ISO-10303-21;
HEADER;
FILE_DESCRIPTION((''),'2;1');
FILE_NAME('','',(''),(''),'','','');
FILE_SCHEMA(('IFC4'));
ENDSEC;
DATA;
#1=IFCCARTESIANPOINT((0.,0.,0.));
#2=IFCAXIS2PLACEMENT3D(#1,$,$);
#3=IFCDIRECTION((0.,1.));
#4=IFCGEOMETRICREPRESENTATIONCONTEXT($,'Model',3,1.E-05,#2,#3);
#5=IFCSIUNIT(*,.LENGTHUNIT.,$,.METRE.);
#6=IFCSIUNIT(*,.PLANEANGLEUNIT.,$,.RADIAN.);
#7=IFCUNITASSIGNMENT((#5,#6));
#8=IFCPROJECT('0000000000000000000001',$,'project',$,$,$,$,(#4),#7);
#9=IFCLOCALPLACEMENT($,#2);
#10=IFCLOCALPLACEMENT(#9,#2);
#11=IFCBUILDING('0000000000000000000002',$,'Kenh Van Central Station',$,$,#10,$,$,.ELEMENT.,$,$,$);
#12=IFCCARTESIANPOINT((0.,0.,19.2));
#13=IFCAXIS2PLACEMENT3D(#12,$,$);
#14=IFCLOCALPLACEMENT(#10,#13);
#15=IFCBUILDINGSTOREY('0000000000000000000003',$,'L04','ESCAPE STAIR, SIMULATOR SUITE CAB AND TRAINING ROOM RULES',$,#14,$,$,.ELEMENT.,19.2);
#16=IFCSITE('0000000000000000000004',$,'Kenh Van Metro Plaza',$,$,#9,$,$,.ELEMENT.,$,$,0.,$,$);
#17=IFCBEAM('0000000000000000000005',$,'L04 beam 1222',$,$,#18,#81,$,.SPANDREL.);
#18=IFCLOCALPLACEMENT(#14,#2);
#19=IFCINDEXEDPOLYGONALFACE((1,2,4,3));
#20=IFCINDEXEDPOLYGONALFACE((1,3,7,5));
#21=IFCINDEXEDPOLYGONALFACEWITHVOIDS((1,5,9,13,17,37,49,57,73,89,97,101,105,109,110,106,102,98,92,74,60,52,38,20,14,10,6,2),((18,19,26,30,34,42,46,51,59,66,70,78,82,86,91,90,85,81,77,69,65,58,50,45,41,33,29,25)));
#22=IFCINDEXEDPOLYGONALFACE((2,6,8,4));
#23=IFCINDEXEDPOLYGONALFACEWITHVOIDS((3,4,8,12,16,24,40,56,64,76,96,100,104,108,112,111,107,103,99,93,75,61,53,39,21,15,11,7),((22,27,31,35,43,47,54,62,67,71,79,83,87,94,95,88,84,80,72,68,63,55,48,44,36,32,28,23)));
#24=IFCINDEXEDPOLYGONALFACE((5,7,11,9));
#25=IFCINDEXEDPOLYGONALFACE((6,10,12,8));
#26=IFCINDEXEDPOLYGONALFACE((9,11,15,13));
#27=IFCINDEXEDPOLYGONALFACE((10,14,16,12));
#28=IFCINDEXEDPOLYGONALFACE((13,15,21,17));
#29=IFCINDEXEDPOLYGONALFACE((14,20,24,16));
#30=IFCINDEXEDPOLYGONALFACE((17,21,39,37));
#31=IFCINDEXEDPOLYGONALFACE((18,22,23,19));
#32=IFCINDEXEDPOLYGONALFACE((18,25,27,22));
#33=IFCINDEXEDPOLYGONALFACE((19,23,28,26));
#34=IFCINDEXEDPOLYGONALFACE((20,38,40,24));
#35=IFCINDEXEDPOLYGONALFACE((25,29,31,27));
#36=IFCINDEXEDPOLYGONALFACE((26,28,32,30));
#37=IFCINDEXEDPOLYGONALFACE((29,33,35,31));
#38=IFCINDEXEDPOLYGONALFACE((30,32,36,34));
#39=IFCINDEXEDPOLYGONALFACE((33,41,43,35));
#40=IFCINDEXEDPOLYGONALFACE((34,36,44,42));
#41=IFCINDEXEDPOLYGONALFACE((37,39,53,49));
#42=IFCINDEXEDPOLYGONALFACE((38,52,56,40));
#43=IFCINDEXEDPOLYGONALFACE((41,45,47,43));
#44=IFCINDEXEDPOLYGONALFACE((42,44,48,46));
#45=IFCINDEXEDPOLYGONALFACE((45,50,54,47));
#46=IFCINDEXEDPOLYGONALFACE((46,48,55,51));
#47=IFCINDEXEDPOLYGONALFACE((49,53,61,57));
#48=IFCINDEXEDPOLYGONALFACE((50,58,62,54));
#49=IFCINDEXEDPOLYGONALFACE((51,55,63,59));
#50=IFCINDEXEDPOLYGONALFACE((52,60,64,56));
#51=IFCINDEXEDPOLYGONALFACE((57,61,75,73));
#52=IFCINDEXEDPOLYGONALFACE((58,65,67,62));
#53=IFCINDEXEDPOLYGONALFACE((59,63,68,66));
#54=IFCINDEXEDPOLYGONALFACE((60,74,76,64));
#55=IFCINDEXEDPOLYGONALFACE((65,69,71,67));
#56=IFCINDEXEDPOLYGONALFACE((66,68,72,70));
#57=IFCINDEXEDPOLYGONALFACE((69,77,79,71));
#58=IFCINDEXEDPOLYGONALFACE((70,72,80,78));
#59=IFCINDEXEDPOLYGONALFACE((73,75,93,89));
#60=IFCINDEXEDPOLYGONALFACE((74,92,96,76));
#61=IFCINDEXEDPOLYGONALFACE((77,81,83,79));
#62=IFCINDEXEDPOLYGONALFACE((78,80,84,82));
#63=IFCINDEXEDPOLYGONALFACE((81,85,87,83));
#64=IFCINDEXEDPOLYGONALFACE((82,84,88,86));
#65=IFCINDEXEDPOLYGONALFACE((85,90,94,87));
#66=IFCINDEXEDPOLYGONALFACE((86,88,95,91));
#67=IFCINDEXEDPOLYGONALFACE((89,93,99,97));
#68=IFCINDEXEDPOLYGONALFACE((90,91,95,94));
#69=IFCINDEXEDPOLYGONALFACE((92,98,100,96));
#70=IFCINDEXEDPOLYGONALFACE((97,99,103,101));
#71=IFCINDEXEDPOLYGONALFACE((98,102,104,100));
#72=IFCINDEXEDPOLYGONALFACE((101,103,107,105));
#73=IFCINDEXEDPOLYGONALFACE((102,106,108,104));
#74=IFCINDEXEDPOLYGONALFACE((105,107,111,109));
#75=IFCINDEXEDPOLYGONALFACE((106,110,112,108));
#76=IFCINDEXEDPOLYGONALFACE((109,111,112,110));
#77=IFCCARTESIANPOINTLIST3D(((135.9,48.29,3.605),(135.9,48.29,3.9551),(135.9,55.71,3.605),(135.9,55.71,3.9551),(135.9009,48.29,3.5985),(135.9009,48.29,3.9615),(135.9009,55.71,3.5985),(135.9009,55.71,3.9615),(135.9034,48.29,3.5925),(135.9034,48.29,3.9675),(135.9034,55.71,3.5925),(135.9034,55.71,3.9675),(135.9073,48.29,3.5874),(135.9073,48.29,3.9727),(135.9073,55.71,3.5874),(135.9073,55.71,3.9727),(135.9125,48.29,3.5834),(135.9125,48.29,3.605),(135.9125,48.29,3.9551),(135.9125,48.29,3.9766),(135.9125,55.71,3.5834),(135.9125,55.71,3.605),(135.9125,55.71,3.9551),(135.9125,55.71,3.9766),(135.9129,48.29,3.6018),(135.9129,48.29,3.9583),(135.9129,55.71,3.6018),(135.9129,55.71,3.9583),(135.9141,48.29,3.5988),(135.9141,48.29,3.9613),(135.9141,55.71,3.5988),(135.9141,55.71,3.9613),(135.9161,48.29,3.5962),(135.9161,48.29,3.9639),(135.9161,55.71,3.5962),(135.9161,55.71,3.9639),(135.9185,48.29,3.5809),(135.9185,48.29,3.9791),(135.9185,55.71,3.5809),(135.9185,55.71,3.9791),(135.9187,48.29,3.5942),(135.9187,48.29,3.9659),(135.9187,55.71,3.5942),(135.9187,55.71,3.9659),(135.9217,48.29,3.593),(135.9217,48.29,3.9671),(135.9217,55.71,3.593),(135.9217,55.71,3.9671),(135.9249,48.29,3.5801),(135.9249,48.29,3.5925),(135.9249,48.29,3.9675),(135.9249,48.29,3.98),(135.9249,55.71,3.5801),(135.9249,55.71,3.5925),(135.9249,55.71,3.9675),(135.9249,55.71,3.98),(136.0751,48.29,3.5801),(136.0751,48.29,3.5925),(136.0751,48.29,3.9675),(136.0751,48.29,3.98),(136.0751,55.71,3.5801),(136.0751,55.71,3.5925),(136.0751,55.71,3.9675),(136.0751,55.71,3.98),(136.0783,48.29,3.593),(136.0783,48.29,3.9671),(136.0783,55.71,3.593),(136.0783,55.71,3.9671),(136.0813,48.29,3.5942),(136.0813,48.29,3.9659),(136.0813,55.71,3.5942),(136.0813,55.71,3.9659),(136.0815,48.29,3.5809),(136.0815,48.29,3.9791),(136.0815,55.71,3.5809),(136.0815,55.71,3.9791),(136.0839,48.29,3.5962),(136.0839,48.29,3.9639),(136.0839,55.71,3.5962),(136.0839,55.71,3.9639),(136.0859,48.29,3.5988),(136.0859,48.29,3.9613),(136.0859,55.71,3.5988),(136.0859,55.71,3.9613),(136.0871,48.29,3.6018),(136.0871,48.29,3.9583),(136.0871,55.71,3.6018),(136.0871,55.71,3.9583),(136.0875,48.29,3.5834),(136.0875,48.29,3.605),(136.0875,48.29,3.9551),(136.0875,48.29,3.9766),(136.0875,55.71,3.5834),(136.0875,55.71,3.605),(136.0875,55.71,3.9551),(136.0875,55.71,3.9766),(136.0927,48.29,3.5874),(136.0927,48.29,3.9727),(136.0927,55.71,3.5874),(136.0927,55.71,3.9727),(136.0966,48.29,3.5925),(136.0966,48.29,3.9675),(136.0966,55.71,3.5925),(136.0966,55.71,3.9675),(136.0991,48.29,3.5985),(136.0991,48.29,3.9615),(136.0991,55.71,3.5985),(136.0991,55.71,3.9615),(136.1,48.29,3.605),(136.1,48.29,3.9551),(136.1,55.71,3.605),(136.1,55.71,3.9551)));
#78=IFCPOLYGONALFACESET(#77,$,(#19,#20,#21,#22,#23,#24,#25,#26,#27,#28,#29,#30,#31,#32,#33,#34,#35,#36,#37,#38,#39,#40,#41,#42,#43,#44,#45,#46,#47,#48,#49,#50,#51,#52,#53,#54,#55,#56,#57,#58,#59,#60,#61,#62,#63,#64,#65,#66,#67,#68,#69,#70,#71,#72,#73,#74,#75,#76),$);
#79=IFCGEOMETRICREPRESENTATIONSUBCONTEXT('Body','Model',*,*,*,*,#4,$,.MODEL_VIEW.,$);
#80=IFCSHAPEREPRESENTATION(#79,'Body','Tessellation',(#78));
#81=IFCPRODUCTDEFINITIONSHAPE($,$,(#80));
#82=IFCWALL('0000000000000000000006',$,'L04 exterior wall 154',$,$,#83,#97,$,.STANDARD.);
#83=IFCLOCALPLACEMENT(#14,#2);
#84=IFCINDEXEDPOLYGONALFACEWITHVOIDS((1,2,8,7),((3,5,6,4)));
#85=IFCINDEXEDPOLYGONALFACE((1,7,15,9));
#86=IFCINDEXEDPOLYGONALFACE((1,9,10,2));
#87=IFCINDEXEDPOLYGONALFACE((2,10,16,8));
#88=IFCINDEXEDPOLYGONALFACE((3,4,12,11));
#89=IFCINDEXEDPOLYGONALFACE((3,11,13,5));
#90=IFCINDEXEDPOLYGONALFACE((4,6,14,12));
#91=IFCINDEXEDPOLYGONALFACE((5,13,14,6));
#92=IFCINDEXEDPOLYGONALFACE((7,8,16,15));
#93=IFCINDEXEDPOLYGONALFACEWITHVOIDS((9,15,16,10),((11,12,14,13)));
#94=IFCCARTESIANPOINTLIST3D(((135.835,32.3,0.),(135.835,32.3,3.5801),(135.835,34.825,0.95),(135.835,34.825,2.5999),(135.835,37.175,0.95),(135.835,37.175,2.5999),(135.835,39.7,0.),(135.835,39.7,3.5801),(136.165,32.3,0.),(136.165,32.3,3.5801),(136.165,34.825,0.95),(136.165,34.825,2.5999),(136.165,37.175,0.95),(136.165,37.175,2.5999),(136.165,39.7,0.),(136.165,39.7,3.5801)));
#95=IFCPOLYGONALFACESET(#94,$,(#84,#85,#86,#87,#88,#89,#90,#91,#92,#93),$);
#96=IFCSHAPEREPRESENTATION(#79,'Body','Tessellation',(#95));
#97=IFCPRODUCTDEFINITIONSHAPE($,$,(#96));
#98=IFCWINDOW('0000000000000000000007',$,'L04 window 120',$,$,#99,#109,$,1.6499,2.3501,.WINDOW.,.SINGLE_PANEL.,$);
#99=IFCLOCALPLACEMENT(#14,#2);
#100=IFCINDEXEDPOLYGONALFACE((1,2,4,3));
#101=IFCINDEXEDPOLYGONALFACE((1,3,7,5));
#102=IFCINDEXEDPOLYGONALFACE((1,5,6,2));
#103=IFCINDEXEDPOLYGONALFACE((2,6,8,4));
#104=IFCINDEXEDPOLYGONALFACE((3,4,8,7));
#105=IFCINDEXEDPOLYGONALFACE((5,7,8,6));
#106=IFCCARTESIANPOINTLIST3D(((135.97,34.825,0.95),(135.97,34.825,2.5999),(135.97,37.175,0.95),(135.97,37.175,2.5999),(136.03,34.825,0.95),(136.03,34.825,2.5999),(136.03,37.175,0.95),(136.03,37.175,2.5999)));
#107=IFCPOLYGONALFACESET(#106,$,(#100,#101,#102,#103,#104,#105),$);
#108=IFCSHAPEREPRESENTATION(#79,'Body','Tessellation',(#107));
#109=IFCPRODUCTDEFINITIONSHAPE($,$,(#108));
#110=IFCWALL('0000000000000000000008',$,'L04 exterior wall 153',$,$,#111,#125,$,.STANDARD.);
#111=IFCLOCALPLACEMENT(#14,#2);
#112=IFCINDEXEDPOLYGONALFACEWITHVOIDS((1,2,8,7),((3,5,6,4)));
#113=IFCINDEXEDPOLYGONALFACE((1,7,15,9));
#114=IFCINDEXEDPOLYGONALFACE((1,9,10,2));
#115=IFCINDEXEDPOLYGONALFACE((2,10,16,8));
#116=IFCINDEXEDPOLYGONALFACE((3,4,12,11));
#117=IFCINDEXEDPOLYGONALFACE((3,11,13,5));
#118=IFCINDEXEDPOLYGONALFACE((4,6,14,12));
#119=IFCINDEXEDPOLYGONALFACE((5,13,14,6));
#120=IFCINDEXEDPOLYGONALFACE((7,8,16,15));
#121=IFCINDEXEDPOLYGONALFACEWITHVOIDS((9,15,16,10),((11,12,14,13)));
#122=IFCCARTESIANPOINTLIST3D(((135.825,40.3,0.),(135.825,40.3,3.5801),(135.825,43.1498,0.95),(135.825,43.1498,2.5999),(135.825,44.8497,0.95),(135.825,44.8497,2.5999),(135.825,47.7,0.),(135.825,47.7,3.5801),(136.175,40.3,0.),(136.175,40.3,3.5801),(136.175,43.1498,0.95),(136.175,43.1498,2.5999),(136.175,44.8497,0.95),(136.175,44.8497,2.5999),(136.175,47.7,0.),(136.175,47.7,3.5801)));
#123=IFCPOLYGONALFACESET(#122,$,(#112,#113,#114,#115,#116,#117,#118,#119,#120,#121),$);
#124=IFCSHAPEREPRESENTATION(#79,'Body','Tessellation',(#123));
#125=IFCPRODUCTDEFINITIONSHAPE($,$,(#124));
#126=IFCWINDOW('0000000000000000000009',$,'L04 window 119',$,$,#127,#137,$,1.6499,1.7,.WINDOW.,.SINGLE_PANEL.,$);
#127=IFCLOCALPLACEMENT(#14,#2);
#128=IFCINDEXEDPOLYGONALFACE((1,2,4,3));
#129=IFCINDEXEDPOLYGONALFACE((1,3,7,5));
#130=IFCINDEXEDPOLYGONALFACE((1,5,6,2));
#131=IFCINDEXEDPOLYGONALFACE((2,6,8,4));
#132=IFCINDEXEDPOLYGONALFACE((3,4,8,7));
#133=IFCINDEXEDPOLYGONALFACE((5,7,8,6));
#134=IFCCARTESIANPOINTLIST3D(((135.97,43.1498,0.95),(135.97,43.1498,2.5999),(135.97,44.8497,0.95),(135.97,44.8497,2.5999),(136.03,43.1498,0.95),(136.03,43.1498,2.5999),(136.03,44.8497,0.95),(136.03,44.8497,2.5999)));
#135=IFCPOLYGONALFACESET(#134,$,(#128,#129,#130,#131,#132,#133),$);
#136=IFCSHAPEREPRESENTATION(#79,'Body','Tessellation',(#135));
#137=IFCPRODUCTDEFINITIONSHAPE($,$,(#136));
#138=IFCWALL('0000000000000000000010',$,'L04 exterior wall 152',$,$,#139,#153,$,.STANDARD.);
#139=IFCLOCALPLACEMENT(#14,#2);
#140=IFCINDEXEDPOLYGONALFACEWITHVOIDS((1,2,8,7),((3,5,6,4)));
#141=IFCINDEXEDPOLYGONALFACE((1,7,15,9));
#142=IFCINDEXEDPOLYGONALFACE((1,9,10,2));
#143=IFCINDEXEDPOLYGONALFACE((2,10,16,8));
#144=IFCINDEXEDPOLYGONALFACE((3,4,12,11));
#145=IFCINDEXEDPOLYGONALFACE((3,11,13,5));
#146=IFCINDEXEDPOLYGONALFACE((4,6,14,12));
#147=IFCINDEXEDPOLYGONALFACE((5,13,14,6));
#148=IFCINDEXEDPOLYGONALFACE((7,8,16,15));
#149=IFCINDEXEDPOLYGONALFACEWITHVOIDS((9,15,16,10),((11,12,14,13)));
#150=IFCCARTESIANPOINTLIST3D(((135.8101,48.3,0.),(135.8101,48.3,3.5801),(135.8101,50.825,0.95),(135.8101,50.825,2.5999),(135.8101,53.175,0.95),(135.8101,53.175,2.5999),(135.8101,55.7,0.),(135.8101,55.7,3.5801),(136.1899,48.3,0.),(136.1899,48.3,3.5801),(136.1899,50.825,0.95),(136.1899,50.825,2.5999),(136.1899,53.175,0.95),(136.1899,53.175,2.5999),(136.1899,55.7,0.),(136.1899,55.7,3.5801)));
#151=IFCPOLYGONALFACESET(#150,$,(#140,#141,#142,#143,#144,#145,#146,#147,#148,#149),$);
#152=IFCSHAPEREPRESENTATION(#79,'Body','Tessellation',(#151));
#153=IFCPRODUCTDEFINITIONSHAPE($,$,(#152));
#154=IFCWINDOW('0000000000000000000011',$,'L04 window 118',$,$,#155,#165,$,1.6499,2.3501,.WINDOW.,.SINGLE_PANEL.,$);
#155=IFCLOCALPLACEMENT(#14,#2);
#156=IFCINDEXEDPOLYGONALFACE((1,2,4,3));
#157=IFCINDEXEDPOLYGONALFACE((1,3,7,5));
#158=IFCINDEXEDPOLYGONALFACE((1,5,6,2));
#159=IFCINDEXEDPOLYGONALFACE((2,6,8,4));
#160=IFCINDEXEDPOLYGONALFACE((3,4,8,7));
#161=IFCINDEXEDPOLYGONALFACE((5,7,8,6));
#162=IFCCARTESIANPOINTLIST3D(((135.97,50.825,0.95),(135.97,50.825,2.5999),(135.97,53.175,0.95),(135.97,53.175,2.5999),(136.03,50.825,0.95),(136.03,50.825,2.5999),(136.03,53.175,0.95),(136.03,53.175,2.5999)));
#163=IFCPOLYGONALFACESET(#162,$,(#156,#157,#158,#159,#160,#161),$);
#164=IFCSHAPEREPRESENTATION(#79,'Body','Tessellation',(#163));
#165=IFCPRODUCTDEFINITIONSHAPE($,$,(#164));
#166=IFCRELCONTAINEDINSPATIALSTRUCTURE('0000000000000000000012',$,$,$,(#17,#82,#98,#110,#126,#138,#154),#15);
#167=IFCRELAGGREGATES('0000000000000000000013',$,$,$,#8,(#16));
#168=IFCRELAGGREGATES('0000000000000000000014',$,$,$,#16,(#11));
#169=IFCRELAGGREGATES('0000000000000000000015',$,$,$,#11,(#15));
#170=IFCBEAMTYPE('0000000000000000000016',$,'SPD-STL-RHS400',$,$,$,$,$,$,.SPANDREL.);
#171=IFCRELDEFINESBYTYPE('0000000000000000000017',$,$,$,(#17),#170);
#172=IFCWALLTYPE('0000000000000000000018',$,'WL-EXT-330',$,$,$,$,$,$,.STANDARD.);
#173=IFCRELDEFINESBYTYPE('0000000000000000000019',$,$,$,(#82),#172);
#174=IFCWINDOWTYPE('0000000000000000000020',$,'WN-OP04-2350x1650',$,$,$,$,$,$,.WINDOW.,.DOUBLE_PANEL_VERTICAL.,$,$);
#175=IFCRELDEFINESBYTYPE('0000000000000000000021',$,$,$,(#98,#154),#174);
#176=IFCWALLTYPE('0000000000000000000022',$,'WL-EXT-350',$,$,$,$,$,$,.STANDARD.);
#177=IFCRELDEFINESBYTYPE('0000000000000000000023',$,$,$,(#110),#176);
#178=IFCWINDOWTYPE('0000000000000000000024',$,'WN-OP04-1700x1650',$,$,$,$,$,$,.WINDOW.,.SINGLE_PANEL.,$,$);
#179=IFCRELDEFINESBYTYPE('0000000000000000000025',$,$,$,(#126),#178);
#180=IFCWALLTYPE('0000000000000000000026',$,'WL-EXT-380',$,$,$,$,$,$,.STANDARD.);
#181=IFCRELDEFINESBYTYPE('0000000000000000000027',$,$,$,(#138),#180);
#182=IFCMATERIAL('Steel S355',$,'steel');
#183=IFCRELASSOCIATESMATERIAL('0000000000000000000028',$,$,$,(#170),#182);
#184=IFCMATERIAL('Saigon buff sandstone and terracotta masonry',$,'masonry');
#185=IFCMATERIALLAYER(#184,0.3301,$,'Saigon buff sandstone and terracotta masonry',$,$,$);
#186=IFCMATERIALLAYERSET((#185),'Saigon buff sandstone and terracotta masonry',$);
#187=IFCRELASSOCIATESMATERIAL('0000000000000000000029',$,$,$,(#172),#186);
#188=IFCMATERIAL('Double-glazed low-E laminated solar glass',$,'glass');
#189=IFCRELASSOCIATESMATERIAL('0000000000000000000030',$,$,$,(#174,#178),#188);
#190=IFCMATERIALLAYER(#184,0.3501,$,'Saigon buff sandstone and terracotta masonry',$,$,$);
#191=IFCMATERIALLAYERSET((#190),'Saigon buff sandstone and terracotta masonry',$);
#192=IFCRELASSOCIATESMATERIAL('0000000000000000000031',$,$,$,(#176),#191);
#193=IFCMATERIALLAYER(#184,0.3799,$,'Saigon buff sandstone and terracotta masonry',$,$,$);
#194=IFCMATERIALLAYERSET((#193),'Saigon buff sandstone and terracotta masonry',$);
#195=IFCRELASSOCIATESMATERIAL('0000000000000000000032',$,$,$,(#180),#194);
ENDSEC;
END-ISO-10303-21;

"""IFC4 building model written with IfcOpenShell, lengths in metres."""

from ifc_helpers import new_model, si_unit, direction, frame, frame_2d, origin, origin_2d, place, context, subcontext, project, spatial, rectangle, hollow_rectangle, extrude, material, layer, layer_set, material_profile, profile_set, type_object, element, fill, save


model = new_model("IFC4")

# Units and contexts
model_context = context("Model", 3, precision=1e-05, world=origin(), true_north=direction((0.0, 1.0)))
body_context = subcontext(model_context, "Body", "Model", "MODEL_VIEW")
ifc_project = project(units=[si_unit("LENGTHUNIT", "METRE"), si_unit("PLANEANGLEUNIT", "RADIAN")], contexts=[model_context])

# Site, building, storey
site_placement = place(None, origin())
site = spatial("IfcSite", under=ifc_project, at=site_placement, Name="Kenh Van Metro Plaza", CompositionType="ELEMENT", RefElevation=0.0)
building_placement = place(site_placement, origin())
building = spatial("IfcBuilding", under=site, at=building_placement, Name="Kenh Van Central Station", CompositionType="ELEMENT")
storey_placement = place(building_placement, frame((0.0, 0.0, 19.2)))
storey = spatial("IfcBuildingStorey", under=building, at=storey_placement, Name="L04", Description="ESCAPE STAIR, SIMULATOR SUITE CAB AND TRAINING ROOM RULES", CompositionType="ELEMENT", Elevation=19.2)

# Shared definitions
ifc_material_1 = material(Name="Steel S355", Category="steel")

# Beam
ifc_material_profile_1 = material_profile(ifc_material_1, hollow_rectangle(XDim=0.2, YDim=0.3999, WallThickness=0.0125, InnerFilletRadius=0.0125, OuterFilletRadius=0.0249, at=origin_2d()), Name="RHS 400x200x12.5")
ifc_profile_set_1 = profile_set([ifc_material_profile_1], Name="Steel S355")
beam_type_1 = type_object("IfcBeamType", Name="SPD-STL-RHS400", PredefinedType="SPANDREL", material=ifc_profile_set_1)
for number, where, z_axis, x_axis, name in (
    (1, (136.0, 48.29, 3.78), (0.0, 1.0, 0.0), (-1.0, 0.0, 0.0), "L04 beam 1222"),
):
    element("IfcBeam", number, at=place(storey_placement, frame(where, z_axis=z_axis, x_axis=x_axis)), inside=storey, type_object=beam_type_1, Name=name, PredefinedType="SPANDREL", context=body_context, shape_type="SweptSolid", body=[
        extrude(hollow_rectangle(XDim=0.2, YDim=0.3999, WallThickness=0.0125, InnerFilletRadius=0.0125, OuterFilletRadius=0.0249, at=origin_2d()), origin(), (0.0, 0.0, 1.0), 7.4199),
    ])

# Walls, openings, windows
ifc_material_2 = material(Name="Saigon buff sandstone and terracotta masonry", Category="masonry")
ifc_layer_1 = layer(ifc_material_2, 0.3301, Name="Saigon buff sandstone and terracotta masonry")
ifc_layer_set_1 = layer_set([ifc_layer_1], Name="Saigon buff sandstone and terracotta masonry")
wall_type_1 = type_object("IfcWallType", Name="WL-EXT-330", PredefinedType="STANDARD", material=ifc_layer_set_1)
wall_1_placement = place(storey_placement, frame((136.0, 39.7, 0.0), z_axis=(0.0, 0.0, 1.0), x_axis=(0.0, -1.0, 0.0)))
wall_1 = element("IfcWall", 2, at=wall_1_placement, inside=storey, type_object=wall_type_1, Name="L04 exterior wall 154", PredefinedType="STANDARD", context=body_context, shape_type="SweptSolid", body=[
    extrude(rectangle(XDim=7.3999, YDim=0.3301, at=frame_2d((3.7, 0.0))), origin(), (0.0, 0.0, 1.0), 3.5801),
])
opening_1_placement = place(wall_1_placement, frame((2.5249, 0.0, 0.95)))
opening_1 = element("IfcOpeningElement", 3, at=opening_1_placement, cuts=wall_1, PredefinedType="OPENING", context=body_context, shape_type="SweptSolid", body=[
    extrude(rectangle(XDim=2.3501, YDim=1.6499, at=frame_2d((1.175, 0.825))), frame((0.0, 0.175, 0.0), z_axis=(0.0, -1.0, 0.0), x_axis=(1.0, 0.0, 0.0)), (0.0, 0.0, 1.0), 0.3501),
])
ifc_material_3 = material(Name="Double-glazed low-E laminated solar glass", Category="glass")
window_type_1 = type_object("IfcWindowType", Name="WN-OP04-2350x1650", PartitioningType="DOUBLE_PANEL_VERTICAL", PredefinedType="WINDOW", material=ifc_material_3)
window_1_placement = place(opening_1_placement, origin())
window_1 = element("IfcWindow", 4, at=window_1_placement, inside=storey, type_object=window_type_1, Name="L04 window 120", OverallHeight=1.6499, OverallWidth=2.3501, PartitioningType="SINGLE_PANEL", PredefinedType="WINDOW", context=body_context, shape_type="SweptSolid", body=[
    extrude(rectangle(XDim=2.3501, YDim=1.6499, at=frame_2d((1.175, 0.825))), frame((0.0, 0.03, 0.0), z_axis=(0.0, -1.0, 0.0), x_axis=(1.0, 0.0, 0.0)), (0.0, 0.0, 1.0), 0.0601),
])
fill(opening_1, window_1)
ifc_layer_2 = layer(ifc_material_2, 0.3501, Name="Saigon buff sandstone and terracotta masonry")
ifc_layer_set_2 = layer_set([ifc_layer_2], Name="Saigon buff sandstone and terracotta masonry")
wall_type_2 = type_object("IfcWallType", Name="WL-EXT-350", PredefinedType="STANDARD", material=ifc_layer_set_2)
wall_2_placement = place(storey_placement, frame((136.0, 47.7, 0.0), z_axis=(0.0, 0.0, 1.0), x_axis=(0.0, -1.0, 0.0)))
wall_2 = element("IfcWall", 5, at=wall_2_placement, inside=storey, type_object=wall_type_2, Name="L04 exterior wall 153", PredefinedType="STANDARD", context=body_context, shape_type="SweptSolid", body=[
    extrude(rectangle(XDim=7.3999, YDim=0.3501, at=frame_2d((3.7, 0.0))), origin(), (0.0, 0.0, 1.0), 3.5801),
])
opening_2_placement = place(wall_2_placement, frame((2.8501, 0.0, 0.95)))
opening_2 = element("IfcOpeningElement", 6, at=opening_2_placement, cuts=wall_2, PredefinedType="OPENING", context=body_context, shape_type="SweptSolid", body=[
    extrude(rectangle(XDim=1.7, YDim=1.6499, at=frame_2d((0.8501, 0.825))), frame((0.0, 0.1851, 0.0), z_axis=(0.0, -1.0, 0.0), x_axis=(1.0, 0.0, 0.0)), (0.0, 0.0, 1.0), 0.3701),
])
window_type_2 = type_object("IfcWindowType", Name="WN-OP04-1700x1650", PartitioningType="SINGLE_PANEL", PredefinedType="WINDOW", material=ifc_material_3)
window_2_placement = place(opening_2_placement, origin())
window_2 = element("IfcWindow", 7, at=window_2_placement, inside=storey, type_object=window_type_2, Name="L04 window 119", OverallHeight=1.6499, OverallWidth=1.7, PartitioningType="SINGLE_PANEL", PredefinedType="WINDOW", context=body_context, shape_type="SweptSolid", body=[
    extrude(rectangle(XDim=1.7, YDim=1.6499, at=frame_2d((0.8501, 0.825))), frame((0.0, 0.03, 0.0), z_axis=(0.0, -1.0, 0.0), x_axis=(1.0, 0.0, 0.0)), (0.0, 0.0, 1.0), 0.0601),
])
fill(opening_2, window_2)
ifc_layer_3 = layer(ifc_material_2, 0.3799, Name="Saigon buff sandstone and terracotta masonry")
ifc_layer_set_3 = layer_set([ifc_layer_3], Name="Saigon buff sandstone and terracotta masonry")
wall_type_3 = type_object("IfcWallType", Name="WL-EXT-380", PredefinedType="STANDARD", material=ifc_layer_set_3)
wall_3_placement = place(storey_placement, frame((136.0, 55.7, 0.0), z_axis=(0.0, 0.0, 1.0), x_axis=(0.0, -1.0, 0.0)))
wall_3 = element("IfcWall", 8, at=wall_3_placement, inside=storey, type_object=wall_type_3, Name="L04 exterior wall 152", PredefinedType="STANDARD", context=body_context, shape_type="SweptSolid", body=[
    extrude(rectangle(XDim=7.3999, YDim=0.3799, at=frame_2d((3.7, 0.0))), origin(), (0.0, 0.0, 1.0), 3.5801),
])
opening_3_placement = place(wall_3_placement, frame((2.5249, 0.0, 0.95)))
opening_3 = element("IfcOpeningElement", 9, at=opening_3_placement, cuts=wall_3, PredefinedType="OPENING", context=body_context, shape_type="SweptSolid", body=[
    extrude(rectangle(XDim=2.3501, YDim=1.6499, at=frame_2d((1.175, 0.825))), frame((0.0, 0.2, 0.0), z_axis=(0.0, -1.0, 0.0), x_axis=(1.0, 0.0, 0.0)), (0.0, 0.0, 1.0), 0.3999),
])
window_3_placement = place(opening_3_placement, origin())
window_3 = element("IfcWindow", 10, at=window_3_placement, inside=storey, type_object=window_type_1, Name="L04 window 118", OverallHeight=1.6499, OverallWidth=2.3501, PartitioningType="SINGLE_PANEL", PredefinedType="WINDOW", context=body_context, shape_type="SweptSolid", body=[
    extrude(rectangle(XDim=2.3501, YDim=1.6499, at=frame_2d((1.175, 0.825))), frame((0.0, 0.03, 0.0), z_axis=(0.0, -1.0, 0.0), x_axis=(1.0, 0.0, 0.0)), (0.0, 0.0, 1.0), 0.0601),
])
fill(opening_3, window_3)

save(model, "model.ifc")
